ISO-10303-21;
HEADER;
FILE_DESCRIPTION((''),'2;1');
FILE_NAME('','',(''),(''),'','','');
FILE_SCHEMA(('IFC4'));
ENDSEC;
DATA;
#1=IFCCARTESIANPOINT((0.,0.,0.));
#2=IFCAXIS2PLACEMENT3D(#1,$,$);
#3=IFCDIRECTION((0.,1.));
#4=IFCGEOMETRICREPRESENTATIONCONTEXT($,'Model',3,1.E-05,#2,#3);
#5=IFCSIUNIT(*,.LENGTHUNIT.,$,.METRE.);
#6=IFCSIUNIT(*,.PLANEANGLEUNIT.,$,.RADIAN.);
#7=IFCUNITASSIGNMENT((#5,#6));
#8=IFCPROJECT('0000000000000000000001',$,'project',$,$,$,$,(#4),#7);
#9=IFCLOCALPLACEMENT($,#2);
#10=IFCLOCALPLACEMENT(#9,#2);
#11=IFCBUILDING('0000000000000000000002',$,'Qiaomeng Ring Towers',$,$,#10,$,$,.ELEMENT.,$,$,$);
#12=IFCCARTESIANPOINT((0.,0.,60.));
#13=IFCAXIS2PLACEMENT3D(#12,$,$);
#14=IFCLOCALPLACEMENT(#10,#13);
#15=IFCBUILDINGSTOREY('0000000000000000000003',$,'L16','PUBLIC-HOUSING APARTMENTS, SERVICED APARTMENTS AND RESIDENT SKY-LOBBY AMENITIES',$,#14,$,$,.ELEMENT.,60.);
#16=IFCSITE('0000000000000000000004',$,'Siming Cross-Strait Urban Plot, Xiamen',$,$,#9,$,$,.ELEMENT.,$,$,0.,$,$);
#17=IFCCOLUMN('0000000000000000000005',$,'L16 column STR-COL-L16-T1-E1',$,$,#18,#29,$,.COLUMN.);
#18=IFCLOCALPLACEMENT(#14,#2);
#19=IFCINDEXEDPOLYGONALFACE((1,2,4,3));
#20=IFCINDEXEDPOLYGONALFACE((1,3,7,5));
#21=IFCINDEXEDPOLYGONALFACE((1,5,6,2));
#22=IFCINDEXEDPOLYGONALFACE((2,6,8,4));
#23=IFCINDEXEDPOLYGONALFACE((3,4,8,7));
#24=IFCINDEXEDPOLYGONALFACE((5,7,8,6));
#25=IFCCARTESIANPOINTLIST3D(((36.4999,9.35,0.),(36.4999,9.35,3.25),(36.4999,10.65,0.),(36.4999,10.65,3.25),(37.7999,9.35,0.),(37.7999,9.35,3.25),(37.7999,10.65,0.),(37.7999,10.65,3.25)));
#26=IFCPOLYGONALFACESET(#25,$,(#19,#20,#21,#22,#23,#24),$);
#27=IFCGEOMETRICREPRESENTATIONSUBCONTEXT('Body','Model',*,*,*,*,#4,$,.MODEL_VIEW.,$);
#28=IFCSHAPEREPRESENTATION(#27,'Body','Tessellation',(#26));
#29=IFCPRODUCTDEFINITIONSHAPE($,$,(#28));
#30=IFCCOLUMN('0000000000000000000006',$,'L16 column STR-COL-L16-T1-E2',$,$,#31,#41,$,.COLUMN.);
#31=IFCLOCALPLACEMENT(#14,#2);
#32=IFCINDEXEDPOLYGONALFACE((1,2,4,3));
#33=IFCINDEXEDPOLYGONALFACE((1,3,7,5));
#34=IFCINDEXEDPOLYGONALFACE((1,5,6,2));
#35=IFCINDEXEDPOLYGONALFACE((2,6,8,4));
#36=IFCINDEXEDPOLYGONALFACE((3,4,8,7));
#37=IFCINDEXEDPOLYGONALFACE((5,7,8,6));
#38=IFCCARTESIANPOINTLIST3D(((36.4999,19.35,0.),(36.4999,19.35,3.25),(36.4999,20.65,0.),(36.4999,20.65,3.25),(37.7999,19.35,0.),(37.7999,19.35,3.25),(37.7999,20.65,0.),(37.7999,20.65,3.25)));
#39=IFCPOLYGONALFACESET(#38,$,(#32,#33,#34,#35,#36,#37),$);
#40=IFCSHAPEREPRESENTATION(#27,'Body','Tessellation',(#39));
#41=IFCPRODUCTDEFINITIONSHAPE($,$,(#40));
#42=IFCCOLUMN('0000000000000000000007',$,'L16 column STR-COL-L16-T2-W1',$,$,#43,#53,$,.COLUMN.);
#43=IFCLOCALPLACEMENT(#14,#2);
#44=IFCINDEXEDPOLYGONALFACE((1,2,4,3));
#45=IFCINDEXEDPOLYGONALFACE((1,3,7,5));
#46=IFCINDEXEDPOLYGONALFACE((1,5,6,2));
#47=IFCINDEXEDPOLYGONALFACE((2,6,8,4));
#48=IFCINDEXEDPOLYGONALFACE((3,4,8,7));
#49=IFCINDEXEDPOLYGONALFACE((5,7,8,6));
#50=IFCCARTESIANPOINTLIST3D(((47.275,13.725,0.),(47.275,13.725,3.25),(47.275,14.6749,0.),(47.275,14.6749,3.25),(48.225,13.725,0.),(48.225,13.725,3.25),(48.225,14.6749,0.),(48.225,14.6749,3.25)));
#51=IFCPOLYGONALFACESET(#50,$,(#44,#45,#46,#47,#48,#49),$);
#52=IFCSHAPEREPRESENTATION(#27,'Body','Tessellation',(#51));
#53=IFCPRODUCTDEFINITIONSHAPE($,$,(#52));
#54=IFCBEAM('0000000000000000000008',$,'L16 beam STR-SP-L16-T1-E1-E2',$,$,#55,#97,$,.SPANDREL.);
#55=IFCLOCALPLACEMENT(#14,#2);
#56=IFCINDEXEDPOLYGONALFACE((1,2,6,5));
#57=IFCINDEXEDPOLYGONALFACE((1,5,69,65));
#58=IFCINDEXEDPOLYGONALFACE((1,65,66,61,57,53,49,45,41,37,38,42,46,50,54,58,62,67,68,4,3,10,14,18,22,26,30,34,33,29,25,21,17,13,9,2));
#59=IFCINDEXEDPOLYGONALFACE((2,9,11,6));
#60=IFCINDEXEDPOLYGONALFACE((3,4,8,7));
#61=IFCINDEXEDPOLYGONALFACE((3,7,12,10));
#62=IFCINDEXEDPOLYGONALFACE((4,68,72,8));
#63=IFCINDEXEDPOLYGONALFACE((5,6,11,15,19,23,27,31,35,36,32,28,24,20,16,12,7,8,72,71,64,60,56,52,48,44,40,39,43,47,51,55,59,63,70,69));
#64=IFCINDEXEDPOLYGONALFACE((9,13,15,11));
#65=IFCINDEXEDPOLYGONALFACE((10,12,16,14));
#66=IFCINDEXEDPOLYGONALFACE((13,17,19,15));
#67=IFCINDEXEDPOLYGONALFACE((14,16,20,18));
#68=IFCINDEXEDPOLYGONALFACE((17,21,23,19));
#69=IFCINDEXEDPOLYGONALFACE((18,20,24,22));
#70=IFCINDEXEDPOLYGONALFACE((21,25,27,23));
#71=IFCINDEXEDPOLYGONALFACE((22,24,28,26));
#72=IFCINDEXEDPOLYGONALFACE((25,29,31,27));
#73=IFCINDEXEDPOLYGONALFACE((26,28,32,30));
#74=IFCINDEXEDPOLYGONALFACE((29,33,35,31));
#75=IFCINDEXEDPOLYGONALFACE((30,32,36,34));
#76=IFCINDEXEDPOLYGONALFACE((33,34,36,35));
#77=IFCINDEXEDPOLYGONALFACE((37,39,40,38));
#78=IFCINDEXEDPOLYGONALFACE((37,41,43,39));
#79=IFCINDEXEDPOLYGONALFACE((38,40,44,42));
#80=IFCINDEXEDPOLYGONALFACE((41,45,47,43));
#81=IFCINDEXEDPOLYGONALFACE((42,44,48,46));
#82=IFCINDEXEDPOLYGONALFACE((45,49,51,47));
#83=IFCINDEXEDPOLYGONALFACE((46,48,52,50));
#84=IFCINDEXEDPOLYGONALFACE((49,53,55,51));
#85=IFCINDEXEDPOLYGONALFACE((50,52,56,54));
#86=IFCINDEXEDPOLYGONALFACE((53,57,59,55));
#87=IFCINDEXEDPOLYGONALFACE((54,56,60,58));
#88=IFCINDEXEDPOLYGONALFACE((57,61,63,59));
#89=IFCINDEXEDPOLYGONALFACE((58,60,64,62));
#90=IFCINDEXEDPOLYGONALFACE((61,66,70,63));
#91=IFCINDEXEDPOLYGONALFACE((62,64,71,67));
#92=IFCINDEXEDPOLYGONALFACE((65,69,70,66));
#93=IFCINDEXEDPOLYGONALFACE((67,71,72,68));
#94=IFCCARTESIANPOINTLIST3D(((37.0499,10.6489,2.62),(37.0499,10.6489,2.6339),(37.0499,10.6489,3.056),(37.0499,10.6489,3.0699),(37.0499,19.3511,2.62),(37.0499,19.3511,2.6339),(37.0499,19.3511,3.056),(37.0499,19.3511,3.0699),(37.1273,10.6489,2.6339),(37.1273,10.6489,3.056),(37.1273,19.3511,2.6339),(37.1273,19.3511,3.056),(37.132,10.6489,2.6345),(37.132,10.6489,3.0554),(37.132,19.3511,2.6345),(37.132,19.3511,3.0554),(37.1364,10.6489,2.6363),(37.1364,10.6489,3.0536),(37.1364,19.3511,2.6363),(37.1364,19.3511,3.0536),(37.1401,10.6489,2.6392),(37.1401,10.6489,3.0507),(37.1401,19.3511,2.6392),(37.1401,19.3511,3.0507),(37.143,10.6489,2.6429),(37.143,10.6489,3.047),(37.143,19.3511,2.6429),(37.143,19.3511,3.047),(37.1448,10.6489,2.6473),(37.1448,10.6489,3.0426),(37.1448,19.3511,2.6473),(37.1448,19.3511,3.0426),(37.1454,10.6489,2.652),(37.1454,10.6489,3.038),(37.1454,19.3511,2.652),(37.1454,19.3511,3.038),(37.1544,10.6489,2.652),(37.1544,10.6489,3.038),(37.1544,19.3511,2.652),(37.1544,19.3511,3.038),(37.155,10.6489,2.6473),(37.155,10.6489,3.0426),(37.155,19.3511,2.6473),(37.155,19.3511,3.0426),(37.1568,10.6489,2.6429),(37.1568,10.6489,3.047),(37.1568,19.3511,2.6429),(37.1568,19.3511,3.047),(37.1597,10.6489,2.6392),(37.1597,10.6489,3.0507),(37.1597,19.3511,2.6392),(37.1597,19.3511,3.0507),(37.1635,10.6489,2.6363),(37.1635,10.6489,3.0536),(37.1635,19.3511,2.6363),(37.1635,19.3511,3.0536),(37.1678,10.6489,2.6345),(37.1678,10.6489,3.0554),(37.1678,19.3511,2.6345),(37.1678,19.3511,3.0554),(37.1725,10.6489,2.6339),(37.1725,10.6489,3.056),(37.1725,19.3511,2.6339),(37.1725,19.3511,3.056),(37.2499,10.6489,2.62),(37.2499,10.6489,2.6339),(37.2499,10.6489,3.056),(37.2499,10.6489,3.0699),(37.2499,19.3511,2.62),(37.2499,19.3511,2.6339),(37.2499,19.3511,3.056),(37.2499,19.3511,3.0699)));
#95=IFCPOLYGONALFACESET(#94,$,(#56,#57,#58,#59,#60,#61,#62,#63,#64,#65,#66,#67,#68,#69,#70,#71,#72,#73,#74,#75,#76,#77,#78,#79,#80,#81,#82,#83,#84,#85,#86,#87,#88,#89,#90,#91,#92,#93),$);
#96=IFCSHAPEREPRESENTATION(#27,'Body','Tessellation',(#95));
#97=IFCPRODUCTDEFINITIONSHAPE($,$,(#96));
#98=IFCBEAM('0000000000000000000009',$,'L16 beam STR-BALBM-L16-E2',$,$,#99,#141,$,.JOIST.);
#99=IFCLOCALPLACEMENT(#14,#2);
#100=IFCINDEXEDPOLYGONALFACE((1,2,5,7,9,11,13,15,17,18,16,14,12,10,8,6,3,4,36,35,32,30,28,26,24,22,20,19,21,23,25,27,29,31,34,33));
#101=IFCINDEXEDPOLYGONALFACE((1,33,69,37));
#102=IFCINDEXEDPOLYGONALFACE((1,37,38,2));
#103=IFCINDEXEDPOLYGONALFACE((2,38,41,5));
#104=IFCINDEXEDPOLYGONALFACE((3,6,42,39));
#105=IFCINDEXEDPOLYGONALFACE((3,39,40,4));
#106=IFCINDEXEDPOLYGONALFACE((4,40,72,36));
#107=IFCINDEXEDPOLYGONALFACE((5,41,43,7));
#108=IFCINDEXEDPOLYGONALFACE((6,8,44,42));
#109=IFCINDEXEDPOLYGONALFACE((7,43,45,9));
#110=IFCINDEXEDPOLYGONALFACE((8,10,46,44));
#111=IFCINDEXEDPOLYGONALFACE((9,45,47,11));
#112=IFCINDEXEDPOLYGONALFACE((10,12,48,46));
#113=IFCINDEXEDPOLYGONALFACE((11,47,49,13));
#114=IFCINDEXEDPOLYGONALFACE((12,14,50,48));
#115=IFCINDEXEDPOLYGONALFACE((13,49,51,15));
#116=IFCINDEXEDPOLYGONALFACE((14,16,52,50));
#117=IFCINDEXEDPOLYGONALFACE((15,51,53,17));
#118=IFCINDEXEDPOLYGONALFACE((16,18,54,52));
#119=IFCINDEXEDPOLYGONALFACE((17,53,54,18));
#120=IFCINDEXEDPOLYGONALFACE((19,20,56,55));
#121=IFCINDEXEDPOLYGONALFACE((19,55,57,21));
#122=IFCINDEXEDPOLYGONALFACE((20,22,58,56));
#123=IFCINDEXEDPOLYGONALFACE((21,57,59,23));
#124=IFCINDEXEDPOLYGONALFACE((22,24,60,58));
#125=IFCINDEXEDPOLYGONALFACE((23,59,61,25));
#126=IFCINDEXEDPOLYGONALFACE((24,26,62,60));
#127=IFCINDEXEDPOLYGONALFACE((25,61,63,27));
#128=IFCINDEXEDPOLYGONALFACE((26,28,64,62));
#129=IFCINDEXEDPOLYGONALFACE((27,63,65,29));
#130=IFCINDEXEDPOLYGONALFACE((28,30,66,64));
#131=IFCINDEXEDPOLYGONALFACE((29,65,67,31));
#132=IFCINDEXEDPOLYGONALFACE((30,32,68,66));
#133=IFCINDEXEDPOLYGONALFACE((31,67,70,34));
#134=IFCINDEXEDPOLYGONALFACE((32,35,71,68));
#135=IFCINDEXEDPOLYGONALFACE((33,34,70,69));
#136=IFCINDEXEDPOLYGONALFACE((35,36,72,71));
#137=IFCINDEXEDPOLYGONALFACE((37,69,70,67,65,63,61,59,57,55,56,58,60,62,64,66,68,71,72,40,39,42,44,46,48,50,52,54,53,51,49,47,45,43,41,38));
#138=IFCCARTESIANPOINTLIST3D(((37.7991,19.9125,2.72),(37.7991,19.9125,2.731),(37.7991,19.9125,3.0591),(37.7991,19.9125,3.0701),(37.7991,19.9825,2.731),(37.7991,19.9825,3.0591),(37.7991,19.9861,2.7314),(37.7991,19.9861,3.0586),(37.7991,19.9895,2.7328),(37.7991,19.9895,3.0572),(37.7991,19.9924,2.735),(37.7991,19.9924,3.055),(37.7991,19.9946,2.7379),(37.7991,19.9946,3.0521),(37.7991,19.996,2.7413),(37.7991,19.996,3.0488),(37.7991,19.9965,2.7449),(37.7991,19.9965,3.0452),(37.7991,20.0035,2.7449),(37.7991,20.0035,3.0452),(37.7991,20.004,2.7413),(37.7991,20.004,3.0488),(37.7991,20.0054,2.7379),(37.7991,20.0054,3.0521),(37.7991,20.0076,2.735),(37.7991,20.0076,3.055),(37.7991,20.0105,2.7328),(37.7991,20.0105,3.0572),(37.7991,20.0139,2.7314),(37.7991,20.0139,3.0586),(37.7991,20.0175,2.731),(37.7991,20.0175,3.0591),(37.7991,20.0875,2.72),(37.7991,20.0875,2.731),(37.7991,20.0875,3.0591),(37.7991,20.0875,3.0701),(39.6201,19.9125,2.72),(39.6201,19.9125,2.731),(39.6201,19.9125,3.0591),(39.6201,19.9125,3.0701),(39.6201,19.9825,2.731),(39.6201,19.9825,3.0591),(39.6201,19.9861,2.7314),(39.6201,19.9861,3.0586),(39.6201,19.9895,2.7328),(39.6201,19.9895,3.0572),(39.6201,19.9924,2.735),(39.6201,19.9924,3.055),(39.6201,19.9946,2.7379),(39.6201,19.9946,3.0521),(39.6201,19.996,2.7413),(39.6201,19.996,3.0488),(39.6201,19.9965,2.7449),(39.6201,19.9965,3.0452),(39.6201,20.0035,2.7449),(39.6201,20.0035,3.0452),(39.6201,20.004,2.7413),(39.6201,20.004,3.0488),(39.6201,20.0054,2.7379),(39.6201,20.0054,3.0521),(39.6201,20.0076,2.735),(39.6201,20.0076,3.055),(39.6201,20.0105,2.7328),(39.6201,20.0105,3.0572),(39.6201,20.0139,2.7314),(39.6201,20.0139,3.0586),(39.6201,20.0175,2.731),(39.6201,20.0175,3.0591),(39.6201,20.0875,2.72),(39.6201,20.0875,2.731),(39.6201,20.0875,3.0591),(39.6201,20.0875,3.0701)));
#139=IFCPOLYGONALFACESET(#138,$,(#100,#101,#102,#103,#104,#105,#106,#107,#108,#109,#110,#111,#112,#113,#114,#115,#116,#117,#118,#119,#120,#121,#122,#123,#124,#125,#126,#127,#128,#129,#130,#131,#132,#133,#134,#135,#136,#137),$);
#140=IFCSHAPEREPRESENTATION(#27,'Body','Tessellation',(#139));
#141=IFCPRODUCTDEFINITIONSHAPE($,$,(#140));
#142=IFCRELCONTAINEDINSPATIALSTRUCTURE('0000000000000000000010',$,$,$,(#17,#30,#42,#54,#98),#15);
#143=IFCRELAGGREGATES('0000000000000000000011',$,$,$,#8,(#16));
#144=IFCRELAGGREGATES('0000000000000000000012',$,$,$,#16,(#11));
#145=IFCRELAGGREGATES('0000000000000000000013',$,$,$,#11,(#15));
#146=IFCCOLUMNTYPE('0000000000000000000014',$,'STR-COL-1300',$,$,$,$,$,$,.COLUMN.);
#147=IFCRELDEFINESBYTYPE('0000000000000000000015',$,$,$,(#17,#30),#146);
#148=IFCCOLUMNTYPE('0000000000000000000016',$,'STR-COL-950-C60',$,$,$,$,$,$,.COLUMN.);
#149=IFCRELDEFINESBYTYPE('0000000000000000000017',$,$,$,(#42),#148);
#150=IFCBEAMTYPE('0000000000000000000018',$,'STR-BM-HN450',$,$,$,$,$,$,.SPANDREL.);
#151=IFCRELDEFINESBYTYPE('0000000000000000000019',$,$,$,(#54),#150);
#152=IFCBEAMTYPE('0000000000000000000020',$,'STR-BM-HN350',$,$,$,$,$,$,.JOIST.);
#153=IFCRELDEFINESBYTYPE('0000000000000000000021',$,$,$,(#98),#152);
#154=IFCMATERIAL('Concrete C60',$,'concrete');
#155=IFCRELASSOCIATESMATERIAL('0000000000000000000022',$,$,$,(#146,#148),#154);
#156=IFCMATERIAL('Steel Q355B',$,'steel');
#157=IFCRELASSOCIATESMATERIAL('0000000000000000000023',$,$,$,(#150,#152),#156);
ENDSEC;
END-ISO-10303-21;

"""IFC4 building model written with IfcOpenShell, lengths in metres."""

from ifc_helpers import new_model, si_unit, direction, frame, origin, origin_2d, place, context, subcontext, project, spatial, rectangle, i_section, extrude, source, transform, mapped, material, material_profile, profile_set, type_object, element, save


model = new_model("IFC4")

# Units and contexts
model_context = context("Model", 3, precision=1e-05, world=origin(), true_north=direction((0.0, 1.0)))
body_context = subcontext(model_context, "Body", "Model", "MODEL_VIEW")
ifc_project = project(units=[si_unit("LENGTHUNIT", "METRE"), si_unit("PLANEANGLEUNIT", "RADIAN")], contexts=[model_context])

# Site, building, storey
site_placement = place(None, origin())
site = spatial("IfcSite", under=ifc_project, at=site_placement, Name="Siming Cross-Strait Urban Plot, Xiamen", CompositionType="ELEMENT", RefElevation=0.0)
building_placement = place(site_placement, origin())
building = spatial("IfcBuilding", under=site, at=building_placement, Name="Qiaomeng Ring Towers", CompositionType="ELEMENT")
storey_placement = place(building_placement, frame((0.0, 0.0, 60.0)))
storey = spatial("IfcBuildingStorey", under=building, at=storey_placement, Name="L16", Description="PUBLIC-HOUSING APARTMENTS, SERVICED APARTMENTS AND RESIDENT SKY-LOBBY AMENITIES", CompositionType="ELEMENT", Elevation=60.0)

# Columns
ifc_material_1 = material(Name="Concrete C60", Category="concrete")
ifc_material_profile_1 = material_profile(ifc_material_1, rectangle(XDim=1.3, YDim=1.3, at=origin_2d()), Name="RC COL 1300x1300")
ifc_profile_set_1 = profile_set([ifc_material_profile_1], Name="Concrete C60")
column_type_1 = type_object("IfcColumnType", Name="STR-COL-1300", PredefinedType="COLUMN", material=ifc_profile_set_1)
shared_shape_1 = source(origin(), body_context, "Body", "SweptSolid", [
    extrude(rectangle(XDim=1.3, YDim=1.3, at=origin_2d()), origin(), (0.0, 0.0, 1.0), 3.25),
])
for number, where, z_axis, x_axis, name in (
    (1, (37.1499, 10.0, 0.0), (0.0, 0.0, 1.0), (1.0, 0.0, 0.0), "L16 column STR-COL-L16-T1-E1"),
    (2, (37.1499, 20.0, 0.0), (0.0, 0.0, 1.0), (1.0, 0.0, 0.0), "L16 column STR-COL-L16-T1-E2"),
):
    element("IfcColumn", number, at=place(storey_placement, frame(where, z_axis=z_axis, x_axis=x_axis)), inside=storey, type_object=column_type_1, Name=name, PredefinedType="COLUMN", context=body_context, shape_type="MappedRepresentation", body=[
        mapped(shared_shape_1, transform((0.0, 0.0, 0.0), x_axis=(1.0, 0.0, 0.0), y_axis=(0.0, 1.0, 0.0), z_axis=(0.0, 0.0, 1.0), scale=1.0)),
    ])
ifc_material_profile_2 = material_profile(ifc_material_1, rectangle(XDim=0.95, YDim=0.95, at=origin_2d()), Name="RC COL 950x950")
ifc_profile_set_2 = profile_set([ifc_material_profile_2], Name="Concrete C60")
column_type_2 = type_object("IfcColumnType", Name="STR-COL-950-C60", PredefinedType="COLUMN", material=ifc_profile_set_2)
shared_shape_2 = source(origin(), body_context, "Body", "SweptSolid", [
    extrude(rectangle(XDim=0.95, YDim=0.95, at=origin_2d()), origin(), (0.0, 0.0, 1.0), 3.25),
])
column_placement = place(storey_placement, frame((47.75, 14.2, 0.0), z_axis=(0.0, 0.0, 1.0), x_axis=(1.0, 0.0, 0.0)))
element("IfcColumn", 3, at=column_placement, inside=storey, type_object=column_type_2, Name="L16 column STR-COL-L16-T2-W1", PredefinedType="COLUMN", context=body_context, shape_type="MappedRepresentation", body=[
    mapped(shared_shape_2, transform((0.0, 0.0, 0.0), x_axis=(1.0, 0.0, 0.0), y_axis=(0.0, 1.0, 0.0), z_axis=(0.0, 0.0, 1.0), scale=1.0)),
])

# Beams
ifc_material_2 = material(Name="Steel Q355B", Category="steel")
ifc_material_profile_3 = material_profile(ifc_material_2, i_section(OverallWidth=0.2, OverallDepth=0.45, WebThickness=0.009, FlangeThickness=0.0139, FilletRadius=0.0181, at=origin_2d()), Name="HN 450x200x9x14")
ifc_profile_set_3 = profile_set([ifc_material_profile_3], Name="Steel Q355B")
beam_type_1 = type_object("IfcBeamType", Name="STR-BM-HN450", PredefinedType="SPANDREL", material=ifc_profile_set_3)
shared_shape_3 = source(origin(), body_context, "Body", "SweptSolid", [
    extrude(i_section(OverallWidth=0.2, OverallDepth=0.45, WebThickness=0.009, FlangeThickness=0.0139, FilletRadius=0.0181, at=origin_2d()), origin(), (0.0, 0.0, 1.0), 8.7021),
])
beam_1_placement = place(storey_placement, frame((37.1499, 10.6489, 2.845), z_axis=(0.0, 1.0, 0.0), x_axis=(-1.0, 0.0, 0.0)))
element("IfcBeam", 4, at=beam_1_placement, inside=storey, type_object=beam_type_1, Name="L16 beam STR-SP-L16-T1-E1-E2", PredefinedType="SPANDREL", context=body_context, shape_type="MappedRepresentation", body=[
    mapped(shared_shape_3, transform((0.0, 0.0, 0.0), x_axis=(1.0, 0.0, 0.0), y_axis=(0.0, 1.0, 0.0), z_axis=(0.0, 0.0, 1.0), scale=1.0)),
])
ifc_material_profile_4 = material_profile(ifc_material_2, i_section(OverallWidth=0.175, OverallDepth=0.3501, WebThickness=0.0071, FlangeThickness=0.011, FilletRadius=0.0139, at=origin_2d()), Name="HN 350x175x7x11")
ifc_profile_set_4 = profile_set([ifc_material_profile_4], Name="Steel Q355B")
beam_type_2 = type_object("IfcBeamType", Name="STR-BM-HN350", PredefinedType="JOIST", material=ifc_profile_set_4)
shared_shape_4 = source(origin(), body_context, "Body", "SweptSolid", [
    extrude(i_section(OverallWidth=0.175, OverallDepth=0.3501, WebThickness=0.0071, FlangeThickness=0.011, FilletRadius=0.0139, at=origin_2d()), origin(), (0.0, 0.0, 1.0), 1.821),
])
beam_2_placement = place(storey_placement, frame((37.7991, 20.0, 2.895), z_axis=(1.0, 0.0, 0.0), x_axis=(0.0, 1.0, 0.0)))
element("IfcBeam", 5, at=beam_2_placement, inside=storey, type_object=beam_type_2, Name="L16 beam STR-BALBM-L16-E2", PredefinedType="JOIST", context=body_context, shape_type="MappedRepresentation", body=[
    mapped(shared_shape_4, transform((0.0, 0.0, 0.0), x_axis=(1.0, 0.0, 0.0), y_axis=(0.0, 1.0, 0.0), z_axis=(0.0, 0.0, 1.0), scale=1.0)),
])

save(model, "model.ifc")
